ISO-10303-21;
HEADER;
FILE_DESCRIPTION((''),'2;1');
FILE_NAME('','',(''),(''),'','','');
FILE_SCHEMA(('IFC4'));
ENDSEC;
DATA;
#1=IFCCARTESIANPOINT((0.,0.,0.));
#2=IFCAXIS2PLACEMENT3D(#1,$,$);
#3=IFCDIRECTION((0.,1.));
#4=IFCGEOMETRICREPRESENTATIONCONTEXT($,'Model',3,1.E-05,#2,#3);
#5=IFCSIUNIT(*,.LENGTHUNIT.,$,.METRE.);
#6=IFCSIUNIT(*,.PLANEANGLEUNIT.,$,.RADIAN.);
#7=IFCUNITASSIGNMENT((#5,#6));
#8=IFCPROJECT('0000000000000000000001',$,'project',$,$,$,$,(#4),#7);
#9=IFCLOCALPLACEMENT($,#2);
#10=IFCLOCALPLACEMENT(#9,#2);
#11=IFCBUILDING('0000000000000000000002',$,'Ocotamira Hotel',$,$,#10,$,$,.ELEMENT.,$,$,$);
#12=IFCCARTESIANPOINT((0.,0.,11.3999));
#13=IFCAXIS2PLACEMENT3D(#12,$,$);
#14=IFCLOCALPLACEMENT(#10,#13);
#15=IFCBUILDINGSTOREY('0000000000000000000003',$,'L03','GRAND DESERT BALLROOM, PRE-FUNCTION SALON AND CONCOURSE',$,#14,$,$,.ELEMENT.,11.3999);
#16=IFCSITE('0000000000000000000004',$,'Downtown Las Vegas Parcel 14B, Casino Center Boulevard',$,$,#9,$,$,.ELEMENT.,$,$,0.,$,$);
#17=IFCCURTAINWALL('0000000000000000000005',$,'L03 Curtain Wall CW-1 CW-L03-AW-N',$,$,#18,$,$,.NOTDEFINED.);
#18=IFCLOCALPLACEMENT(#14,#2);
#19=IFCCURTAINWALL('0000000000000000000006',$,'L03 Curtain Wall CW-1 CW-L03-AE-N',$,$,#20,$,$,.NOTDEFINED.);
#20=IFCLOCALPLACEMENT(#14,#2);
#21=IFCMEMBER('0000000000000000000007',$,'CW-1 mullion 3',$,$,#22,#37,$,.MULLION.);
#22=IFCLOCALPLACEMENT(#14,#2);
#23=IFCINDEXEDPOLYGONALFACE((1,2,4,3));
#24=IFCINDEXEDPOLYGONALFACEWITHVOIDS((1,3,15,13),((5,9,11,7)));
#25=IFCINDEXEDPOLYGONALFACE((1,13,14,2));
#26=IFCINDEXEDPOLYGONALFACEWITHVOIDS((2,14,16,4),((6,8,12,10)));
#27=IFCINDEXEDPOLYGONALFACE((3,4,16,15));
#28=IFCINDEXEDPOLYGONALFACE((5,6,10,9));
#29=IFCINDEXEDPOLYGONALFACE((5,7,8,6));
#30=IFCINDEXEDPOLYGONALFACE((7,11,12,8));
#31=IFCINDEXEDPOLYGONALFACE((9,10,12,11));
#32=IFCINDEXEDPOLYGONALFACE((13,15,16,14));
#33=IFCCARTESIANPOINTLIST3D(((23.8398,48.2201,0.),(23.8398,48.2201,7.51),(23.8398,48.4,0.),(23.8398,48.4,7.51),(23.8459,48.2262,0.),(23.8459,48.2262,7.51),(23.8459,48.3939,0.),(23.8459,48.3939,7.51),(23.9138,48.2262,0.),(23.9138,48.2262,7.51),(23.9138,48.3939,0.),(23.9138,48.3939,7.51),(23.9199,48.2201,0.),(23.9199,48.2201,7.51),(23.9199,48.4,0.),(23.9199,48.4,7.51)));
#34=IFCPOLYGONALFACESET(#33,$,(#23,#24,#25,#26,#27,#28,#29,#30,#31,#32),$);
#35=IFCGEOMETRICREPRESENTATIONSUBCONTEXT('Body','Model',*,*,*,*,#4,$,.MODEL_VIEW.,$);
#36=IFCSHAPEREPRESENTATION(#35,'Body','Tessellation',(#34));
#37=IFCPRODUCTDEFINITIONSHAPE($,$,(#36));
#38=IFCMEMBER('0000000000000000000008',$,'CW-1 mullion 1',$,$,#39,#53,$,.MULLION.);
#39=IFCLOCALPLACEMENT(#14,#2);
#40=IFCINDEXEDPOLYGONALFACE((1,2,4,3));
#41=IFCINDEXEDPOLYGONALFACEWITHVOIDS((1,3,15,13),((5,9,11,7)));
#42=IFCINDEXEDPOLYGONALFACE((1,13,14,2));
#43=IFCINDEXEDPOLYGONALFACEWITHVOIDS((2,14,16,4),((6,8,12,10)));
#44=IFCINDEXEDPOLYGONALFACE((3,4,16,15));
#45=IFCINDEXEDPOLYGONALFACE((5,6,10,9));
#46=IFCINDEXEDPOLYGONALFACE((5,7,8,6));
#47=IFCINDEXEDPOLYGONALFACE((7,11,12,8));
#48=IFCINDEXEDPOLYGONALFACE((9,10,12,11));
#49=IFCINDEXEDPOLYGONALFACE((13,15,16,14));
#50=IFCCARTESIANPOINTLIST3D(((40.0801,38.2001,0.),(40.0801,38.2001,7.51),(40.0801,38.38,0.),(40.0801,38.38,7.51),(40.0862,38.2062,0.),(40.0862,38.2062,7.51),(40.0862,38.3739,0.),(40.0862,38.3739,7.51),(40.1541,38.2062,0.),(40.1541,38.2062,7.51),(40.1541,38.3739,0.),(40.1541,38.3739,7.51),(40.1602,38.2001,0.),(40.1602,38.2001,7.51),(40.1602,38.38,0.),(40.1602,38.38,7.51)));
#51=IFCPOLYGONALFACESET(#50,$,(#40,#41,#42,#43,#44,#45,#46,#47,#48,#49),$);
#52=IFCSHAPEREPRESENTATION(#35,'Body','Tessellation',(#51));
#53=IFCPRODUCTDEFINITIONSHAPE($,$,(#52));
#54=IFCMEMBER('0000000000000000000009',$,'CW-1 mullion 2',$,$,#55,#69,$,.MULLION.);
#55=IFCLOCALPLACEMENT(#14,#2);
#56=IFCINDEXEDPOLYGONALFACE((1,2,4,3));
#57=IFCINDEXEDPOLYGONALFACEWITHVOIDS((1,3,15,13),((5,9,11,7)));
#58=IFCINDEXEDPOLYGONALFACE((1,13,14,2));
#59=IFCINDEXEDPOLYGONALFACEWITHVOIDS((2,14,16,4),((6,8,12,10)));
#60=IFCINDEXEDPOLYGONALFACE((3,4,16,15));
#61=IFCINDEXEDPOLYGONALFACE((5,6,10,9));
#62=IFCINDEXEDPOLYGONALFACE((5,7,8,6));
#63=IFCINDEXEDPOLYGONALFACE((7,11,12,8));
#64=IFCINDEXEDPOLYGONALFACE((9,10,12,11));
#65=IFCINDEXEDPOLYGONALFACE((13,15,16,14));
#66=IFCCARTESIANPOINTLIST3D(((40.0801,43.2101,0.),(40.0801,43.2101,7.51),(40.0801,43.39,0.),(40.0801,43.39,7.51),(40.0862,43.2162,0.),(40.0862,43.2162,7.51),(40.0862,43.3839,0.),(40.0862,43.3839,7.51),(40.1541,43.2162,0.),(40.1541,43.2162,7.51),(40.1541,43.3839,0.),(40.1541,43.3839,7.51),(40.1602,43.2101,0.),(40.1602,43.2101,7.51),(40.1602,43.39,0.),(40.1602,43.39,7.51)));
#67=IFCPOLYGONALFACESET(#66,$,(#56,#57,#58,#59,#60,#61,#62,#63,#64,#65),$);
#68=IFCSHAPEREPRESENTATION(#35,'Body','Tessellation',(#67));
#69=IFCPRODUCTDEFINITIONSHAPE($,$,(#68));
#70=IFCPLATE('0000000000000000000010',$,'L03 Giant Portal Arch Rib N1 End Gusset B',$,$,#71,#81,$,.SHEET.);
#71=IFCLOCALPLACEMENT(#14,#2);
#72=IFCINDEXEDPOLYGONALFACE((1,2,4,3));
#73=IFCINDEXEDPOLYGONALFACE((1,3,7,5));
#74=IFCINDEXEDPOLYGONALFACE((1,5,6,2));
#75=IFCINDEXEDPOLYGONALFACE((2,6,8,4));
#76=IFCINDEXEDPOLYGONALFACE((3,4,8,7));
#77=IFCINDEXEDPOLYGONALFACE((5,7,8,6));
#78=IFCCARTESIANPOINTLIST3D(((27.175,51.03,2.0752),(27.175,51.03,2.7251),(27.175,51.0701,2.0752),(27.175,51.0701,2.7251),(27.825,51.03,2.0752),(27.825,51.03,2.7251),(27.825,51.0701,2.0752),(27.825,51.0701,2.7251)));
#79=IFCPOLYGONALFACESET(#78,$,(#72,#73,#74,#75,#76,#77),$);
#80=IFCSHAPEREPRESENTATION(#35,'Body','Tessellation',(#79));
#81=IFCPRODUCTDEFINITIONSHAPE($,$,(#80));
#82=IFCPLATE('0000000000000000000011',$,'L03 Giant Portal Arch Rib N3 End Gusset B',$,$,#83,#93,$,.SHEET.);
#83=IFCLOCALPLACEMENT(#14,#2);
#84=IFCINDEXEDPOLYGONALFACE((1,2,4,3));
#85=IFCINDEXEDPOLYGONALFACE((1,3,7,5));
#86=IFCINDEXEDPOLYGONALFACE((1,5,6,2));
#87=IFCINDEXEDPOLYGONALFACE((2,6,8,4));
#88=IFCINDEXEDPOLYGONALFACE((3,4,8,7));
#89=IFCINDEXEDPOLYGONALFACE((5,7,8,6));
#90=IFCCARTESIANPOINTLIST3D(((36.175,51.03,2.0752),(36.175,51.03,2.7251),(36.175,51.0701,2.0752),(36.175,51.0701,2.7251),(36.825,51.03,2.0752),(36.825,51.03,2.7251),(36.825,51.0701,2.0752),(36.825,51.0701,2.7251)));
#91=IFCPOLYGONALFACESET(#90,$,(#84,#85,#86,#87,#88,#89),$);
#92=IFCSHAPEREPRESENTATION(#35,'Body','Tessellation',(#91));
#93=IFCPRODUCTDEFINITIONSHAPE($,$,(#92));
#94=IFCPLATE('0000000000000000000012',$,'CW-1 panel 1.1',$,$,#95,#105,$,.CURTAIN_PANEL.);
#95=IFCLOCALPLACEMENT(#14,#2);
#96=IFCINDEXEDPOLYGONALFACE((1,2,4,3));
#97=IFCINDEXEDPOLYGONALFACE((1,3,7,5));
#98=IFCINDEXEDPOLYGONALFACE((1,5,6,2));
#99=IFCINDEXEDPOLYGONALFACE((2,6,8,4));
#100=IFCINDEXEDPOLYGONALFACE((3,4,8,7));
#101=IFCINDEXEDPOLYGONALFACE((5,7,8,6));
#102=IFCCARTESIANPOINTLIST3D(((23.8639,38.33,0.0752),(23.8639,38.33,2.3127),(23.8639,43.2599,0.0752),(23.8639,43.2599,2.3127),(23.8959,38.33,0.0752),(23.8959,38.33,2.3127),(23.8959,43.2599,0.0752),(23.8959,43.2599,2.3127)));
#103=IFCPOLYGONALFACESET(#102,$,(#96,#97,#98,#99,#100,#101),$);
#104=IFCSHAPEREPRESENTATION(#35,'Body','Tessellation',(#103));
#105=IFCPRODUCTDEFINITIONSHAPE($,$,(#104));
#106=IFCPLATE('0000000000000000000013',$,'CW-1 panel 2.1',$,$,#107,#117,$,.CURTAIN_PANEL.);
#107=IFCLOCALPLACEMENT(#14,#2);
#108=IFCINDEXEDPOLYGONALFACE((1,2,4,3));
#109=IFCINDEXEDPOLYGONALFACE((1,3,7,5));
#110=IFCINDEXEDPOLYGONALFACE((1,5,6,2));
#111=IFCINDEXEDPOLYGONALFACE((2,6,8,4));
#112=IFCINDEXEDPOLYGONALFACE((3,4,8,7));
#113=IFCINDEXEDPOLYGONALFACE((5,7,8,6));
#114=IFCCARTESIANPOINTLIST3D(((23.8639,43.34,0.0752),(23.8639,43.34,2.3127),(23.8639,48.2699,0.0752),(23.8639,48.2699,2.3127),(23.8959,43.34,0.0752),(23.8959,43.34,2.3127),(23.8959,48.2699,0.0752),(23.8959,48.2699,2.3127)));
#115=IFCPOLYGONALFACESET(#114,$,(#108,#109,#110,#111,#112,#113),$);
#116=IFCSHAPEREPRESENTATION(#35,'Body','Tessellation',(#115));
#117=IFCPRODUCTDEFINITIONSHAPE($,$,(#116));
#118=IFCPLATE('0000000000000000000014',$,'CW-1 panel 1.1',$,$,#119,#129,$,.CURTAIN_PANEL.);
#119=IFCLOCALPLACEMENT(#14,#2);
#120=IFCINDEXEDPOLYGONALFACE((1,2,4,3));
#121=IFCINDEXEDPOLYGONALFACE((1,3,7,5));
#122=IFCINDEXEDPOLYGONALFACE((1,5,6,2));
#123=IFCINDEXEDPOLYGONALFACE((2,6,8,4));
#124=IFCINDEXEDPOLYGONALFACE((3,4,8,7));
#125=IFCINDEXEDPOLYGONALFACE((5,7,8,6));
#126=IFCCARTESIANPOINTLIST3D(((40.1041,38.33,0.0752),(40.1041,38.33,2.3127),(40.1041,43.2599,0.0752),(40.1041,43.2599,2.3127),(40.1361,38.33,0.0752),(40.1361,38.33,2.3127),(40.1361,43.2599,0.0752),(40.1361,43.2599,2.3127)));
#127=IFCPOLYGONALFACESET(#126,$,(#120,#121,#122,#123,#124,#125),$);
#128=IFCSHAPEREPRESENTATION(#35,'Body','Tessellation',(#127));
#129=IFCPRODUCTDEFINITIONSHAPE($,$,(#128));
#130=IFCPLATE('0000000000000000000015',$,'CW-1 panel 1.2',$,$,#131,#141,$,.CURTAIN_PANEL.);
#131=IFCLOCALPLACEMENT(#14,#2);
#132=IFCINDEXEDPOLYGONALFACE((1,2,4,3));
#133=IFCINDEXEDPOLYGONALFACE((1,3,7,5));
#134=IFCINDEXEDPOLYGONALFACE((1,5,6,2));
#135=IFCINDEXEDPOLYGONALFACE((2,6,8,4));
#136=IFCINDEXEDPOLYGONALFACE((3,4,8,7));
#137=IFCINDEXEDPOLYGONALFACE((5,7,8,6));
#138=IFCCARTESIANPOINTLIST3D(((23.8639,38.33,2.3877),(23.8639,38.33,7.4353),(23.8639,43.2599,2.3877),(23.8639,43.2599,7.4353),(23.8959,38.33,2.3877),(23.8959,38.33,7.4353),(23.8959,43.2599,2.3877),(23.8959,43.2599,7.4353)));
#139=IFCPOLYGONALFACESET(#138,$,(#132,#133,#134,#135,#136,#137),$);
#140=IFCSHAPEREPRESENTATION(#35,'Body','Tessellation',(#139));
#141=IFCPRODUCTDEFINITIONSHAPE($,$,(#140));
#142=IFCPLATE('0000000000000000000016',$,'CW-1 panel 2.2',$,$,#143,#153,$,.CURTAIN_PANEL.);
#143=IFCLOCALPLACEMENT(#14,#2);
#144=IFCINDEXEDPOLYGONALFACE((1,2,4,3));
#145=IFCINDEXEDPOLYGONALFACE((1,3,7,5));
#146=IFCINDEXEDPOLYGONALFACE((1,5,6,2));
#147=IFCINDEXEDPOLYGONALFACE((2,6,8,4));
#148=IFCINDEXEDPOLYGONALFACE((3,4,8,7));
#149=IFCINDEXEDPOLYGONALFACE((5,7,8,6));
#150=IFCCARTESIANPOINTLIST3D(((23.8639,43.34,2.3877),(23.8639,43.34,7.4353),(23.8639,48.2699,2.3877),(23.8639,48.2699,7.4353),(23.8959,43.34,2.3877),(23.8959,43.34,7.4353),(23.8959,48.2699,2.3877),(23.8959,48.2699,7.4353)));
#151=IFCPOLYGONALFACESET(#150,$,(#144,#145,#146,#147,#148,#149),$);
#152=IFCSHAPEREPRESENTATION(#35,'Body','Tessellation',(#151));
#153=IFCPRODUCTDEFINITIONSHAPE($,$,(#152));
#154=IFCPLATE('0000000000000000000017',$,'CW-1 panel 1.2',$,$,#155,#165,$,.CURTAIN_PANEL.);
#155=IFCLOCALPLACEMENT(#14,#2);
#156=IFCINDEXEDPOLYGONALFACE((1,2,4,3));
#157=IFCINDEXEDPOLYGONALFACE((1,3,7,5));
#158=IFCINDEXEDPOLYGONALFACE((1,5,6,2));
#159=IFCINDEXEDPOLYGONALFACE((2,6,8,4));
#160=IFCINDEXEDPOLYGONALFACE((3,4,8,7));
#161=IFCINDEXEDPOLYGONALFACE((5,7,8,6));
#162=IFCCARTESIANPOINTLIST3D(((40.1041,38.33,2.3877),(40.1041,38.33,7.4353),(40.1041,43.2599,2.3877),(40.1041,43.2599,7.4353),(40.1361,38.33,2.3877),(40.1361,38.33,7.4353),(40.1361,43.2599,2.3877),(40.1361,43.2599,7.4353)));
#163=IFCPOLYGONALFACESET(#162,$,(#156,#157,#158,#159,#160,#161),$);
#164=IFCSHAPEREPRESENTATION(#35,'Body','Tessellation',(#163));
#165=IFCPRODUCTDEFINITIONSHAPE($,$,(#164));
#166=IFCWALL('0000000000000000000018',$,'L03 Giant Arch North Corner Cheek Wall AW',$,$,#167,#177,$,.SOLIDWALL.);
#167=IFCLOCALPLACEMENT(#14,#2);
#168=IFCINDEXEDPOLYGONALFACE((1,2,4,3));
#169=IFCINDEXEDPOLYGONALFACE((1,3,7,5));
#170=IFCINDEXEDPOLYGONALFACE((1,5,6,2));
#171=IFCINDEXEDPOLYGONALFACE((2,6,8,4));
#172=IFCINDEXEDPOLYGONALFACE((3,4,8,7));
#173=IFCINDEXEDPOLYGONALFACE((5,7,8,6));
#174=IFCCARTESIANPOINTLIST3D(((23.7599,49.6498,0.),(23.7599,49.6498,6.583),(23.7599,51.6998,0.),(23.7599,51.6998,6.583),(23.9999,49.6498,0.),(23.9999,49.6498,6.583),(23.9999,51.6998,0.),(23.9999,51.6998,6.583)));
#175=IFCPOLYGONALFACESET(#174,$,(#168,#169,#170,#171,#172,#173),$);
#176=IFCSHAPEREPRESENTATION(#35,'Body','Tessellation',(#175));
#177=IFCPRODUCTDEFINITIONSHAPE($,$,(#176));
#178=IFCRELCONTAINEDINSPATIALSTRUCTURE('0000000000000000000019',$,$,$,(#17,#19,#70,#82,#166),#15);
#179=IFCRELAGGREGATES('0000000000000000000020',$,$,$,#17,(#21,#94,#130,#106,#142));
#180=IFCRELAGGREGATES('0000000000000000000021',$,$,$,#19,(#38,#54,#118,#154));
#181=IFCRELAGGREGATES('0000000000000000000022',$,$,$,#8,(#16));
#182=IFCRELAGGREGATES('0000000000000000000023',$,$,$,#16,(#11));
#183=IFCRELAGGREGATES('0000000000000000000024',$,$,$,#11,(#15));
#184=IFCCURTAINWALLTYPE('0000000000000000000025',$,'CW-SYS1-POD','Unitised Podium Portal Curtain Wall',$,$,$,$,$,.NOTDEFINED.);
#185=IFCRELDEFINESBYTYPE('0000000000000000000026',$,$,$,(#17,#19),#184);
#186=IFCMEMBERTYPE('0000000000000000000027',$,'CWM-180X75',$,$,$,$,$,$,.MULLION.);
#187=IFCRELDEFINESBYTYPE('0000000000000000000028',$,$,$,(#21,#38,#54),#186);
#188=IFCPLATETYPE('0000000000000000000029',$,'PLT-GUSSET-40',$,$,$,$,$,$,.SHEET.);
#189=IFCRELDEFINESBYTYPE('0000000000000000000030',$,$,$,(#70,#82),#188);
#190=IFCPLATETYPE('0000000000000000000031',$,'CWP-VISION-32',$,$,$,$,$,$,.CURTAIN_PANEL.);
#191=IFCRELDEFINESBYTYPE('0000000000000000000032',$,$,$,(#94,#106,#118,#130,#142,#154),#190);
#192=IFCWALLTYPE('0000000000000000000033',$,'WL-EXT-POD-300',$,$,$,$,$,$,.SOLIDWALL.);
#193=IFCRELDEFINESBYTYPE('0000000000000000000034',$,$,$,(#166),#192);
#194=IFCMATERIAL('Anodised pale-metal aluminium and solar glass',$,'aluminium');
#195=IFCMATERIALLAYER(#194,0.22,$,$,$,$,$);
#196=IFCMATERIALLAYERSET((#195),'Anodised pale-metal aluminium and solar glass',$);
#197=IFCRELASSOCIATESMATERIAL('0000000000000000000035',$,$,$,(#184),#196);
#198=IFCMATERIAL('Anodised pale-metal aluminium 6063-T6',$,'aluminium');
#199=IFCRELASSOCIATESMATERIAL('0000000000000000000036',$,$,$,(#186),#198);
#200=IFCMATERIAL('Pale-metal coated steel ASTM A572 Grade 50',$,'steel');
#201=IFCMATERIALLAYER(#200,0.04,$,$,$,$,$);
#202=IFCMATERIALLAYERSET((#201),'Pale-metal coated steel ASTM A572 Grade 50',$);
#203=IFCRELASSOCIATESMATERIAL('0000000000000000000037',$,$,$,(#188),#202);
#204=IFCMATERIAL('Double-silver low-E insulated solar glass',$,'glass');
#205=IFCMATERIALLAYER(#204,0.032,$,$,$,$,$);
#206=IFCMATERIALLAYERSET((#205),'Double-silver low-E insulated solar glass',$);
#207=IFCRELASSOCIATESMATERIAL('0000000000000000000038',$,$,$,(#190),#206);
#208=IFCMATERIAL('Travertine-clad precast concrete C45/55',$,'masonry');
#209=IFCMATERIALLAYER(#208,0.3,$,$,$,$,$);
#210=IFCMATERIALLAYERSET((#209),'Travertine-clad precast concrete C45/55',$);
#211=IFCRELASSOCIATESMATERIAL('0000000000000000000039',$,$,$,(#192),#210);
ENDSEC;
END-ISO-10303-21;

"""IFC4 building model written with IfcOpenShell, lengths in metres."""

from ifc_helpers import new_model, si_unit, direction, frame, frame_2d, origin, origin_2d, place, context, subcontext, project, spatial, rectangle, hollow_rectangle, extrude, source, transform, mapped, material, layer, layer_set, material_profile, profile_set, type_object, element, aggregate, save


model = new_model("IFC4")

# Units and contexts
model_context = context("Model", 3, precision=1e-05, world=origin(), true_north=direction((0.0, 1.0)))
body_context = subcontext(model_context, "Body", "Model", "MODEL_VIEW")
ifc_project = project(units=[si_unit("LENGTHUNIT", "METRE"), si_unit("PLANEANGLEUNIT", "RADIAN")], contexts=[model_context])

# Site, building, storey
site_placement = place(None, origin())
site = spatial("IfcSite", under=ifc_project, at=site_placement, Name="Downtown Las Vegas Parcel 14B, Casino Center Boulevard", CompositionType="ELEMENT", RefElevation=0.0)
building_placement = place(site_placement, origin())
building = spatial("IfcBuilding", under=site, at=building_placement, Name="Ocotamira Hotel", CompositionType="ELEMENT")
storey_placement = place(building_placement, frame((0.0, 0.0, 11.3999)))
storey = spatial("IfcBuildingStorey", under=building, at=storey_placement, Name="L03", Description="GRAND DESERT BALLROOM, PRE-FUNCTION SALON AND CONCOURSE", CompositionType="ELEMENT", Elevation=11.3999)

# Curtain walls
ifc_material_1 = material(Name="Anodised pale-metal aluminium and solar glass", Category="aluminium")
ifc_layer_1 = layer(ifc_material_1, 0.22)
ifc_layer_set_1 = layer_set([ifc_layer_1], Name="Anodised pale-metal aluminium and solar glass")
curtain_wall_type = type_object("IfcCurtainWallType", Name="CW-SYS1-POD", Description="Unitised Podium Portal Curtain Wall", PredefinedType="NOTDEFINED", material=ifc_layer_set_1)
curtain_wall_1_placement = place(storey_placement, origin())
curtain_wall_1 = element("IfcCurtainWall", 1, at=curtain_wall_1_placement, inside=storey, type_object=curtain_wall_type, Name="L03 Curtain Wall CW-1 CW-L03-AW-N", PredefinedType="NOTDEFINED")
ifc_material_2 = material(Name="Anodised pale-metal aluminium 6063-T6", Category="aluminium")
curtain_wall_2_placement = place(storey_placement, origin())
curtain_wall_2 = element("IfcCurtainWall", 2, at=curtain_wall_2_placement, inside=storey, type_object=curtain_wall_type, Name="L03 Curtain Wall CW-1 CW-L03-AE-N", PredefinedType="NOTDEFINED")

# Shared definitions
ifc_material_profile_1 = material_profile(ifc_material_2, hollow_rectangle(XDim=0.0801, YDim=0.1799, WallThickness=0.0061, at=origin_2d()), Name="HSS180X80X6")
ifc_profile_set_1 = profile_set([ifc_material_profile_1], Name="Anodised pale-metal aluminium 6063-T6")
member_type_1 = type_object("IfcMemberType", Name="CWM-180X75", PredefinedType="MULLION", material=ifc_profile_set_1)
shared_shape_1 = source(origin(), body_context, "Body", "SweptSolid", [
    extrude(hollow_rectangle(XDim=0.0801, YDim=0.1799, WallThickness=0.0061, at=origin_2d()), origin(), (0.0, 0.0, 1.0), 7.51),
])

# Members
member_1_placement = place(storey_placement, frame((23.8799, 48.3101, 0.0), z_axis=(0.0, 0.0, 1.0), x_axis=(-1.0, 0.0, 0.0)))
member_1 = element("IfcMember", 3, at=member_1_placement, type_object=member_type_1, Name="CW-1 mullion 3", PredefinedType="MULLION", context=body_context, shape_type="MappedRepresentation", body=[
    mapped(shared_shape_1, transform((0.0, 0.0, 0.0), scale=1.0)),
])
member_2_placement = place(storey_placement, frame((40.1201, 38.29, 0.0), z_axis=(0.0, 0.0, 1.0), x_axis=(-1.0, 0.0, 0.0)))
member_2 = element("IfcMember", 4, at=member_2_placement, type_object=member_type_1, Name="CW-1 mullion 1", PredefinedType="MULLION", context=body_context, shape_type="MappedRepresentation", body=[
    mapped(shared_shape_1, transform((0.0, 0.0, 0.0), scale=1.0)),
])
member_3_placement = place(storey_placement, frame((40.1201, 43.3, 0.0), z_axis=(0.0, 0.0, 1.0), x_axis=(-1.0, 0.0, 0.0)))
member_3 = element("IfcMember", 5, at=member_3_placement, type_object=member_type_1, Name="CW-1 mullion 2", PredefinedType="MULLION", context=body_context, shape_type="MappedRepresentation", body=[
    mapped(shared_shape_1, transform((0.0, 0.0, 0.0), scale=1.0)),
])

# Plates
ifc_material_3 = material(Name="Pale-metal coated steel ASTM A572 Grade 50", Category="steel")
ifc_layer_2 = layer(ifc_material_3, 0.04)
ifc_layer_set_2 = layer_set([ifc_layer_2], Name="Pale-metal coated steel ASTM A572 Grade 50")
plate_type_1 = type_object("IfcPlateType", Name="PLT-GUSSET-40", PredefinedType="SHEET", material=ifc_layer_set_2)
shared_shape_2 = source(origin(), body_context, "Body", "SweptSolid", [
    extrude(rectangle(XDim=0.6499, YDim=0.04, at=origin_2d()), origin(), (0.0, 0.0, 1.0), 0.6499),
])
for number, where, z_axis, x_axis, name in (
    (6, (27.5, 51.05, 2.0752), (0.0, 0.0, 1.0), (1.0, 0.0, 0.0), "L03 Giant Portal Arch Rib N1 End Gusset B"),
    (7, (36.5, 51.05, 2.0752), (0.0, 0.0, 1.0), (1.0, 0.0, 0.0), "L03 Giant Portal Arch Rib N3 End Gusset B"),
):
    element("IfcPlate", number, at=place(storey_placement, frame(where, z_axis=z_axis, x_axis=x_axis)), inside=storey, type_object=plate_type_1, Name=name, PredefinedType="SHEET", context=body_context, shape_type="MappedRepresentation", body=[
        mapped(shared_shape_2, transform((0.0, 0.0, 0.0), scale=1.0)),
    ])

# Plates
ifc_material_4 = material(Name="Double-silver low-E insulated solar glass", Category="glass")
ifc_layer_3 = layer(ifc_material_4, 0.032)
ifc_layer_set_3 = layer_set([ifc_layer_3], Name="Double-silver low-E insulated solar glass")
plate_type_2 = type_object("IfcPlateType", Name="CWP-VISION-32", PredefinedType="CURTAIN_PANEL", material=ifc_layer_set_3)
shared_shape_3 = source(origin(), body_context, "Body", "SweptSolid", [
    extrude(rectangle(XDim=4.9299, YDim=0.032, at=origin_2d()), origin(), (0.0, 0.0, 1.0), 2.2375),
])
plate_1_placement = place(storey_placement, frame((23.8799, 40.7949, 0.0752), z_axis=(0.0, 0.0, 1.0), x_axis=(0.0, 1.0, 0.0)))
plate_1 = element("IfcPlate", 8, at=plate_1_placement, type_object=plate_type_2, Name="CW-1 panel 1.1", PredefinedType="CURTAIN_PANEL", context=body_context, shape_type="MappedRepresentation", body=[
    mapped(shared_shape_3, transform((0.0, 0.0, 0.0), scale=1.0)),
])
plate_2_placement = place(storey_placement, frame((23.8799, 45.8049, 0.0752), z_axis=(0.0, 0.0, 1.0), x_axis=(0.0, 1.0, 0.0)))
plate_2 = element("IfcPlate", 9, at=plate_2_placement, type_object=plate_type_2, Name="CW-1 panel 2.1", PredefinedType="CURTAIN_PANEL", context=body_context, shape_type="MappedRepresentation", body=[
    mapped(shared_shape_3, transform((0.0, 0.0, 0.0), scale=1.0)),
])
plate_3_placement = place(storey_placement, frame((40.1201, 40.7949, 0.0752), z_axis=(0.0, 0.0, 1.0), x_axis=(0.0, 1.0, 0.0)))
plate_3 = element("IfcPlate", 10, at=plate_3_placement, type_object=plate_type_2, Name="CW-1 panel 1.1", PredefinedType="CURTAIN_PANEL", context=body_context, shape_type="MappedRepresentation", body=[
    mapped(shared_shape_3, transform((0.0, 0.0, 0.0), scale=1.0)),
])
shared_shape_4 = source(origin(), body_context, "Body", "SweptSolid", [
    extrude(rectangle(XDim=4.9299, YDim=0.032, at=origin_2d()), origin(), (0.0, 0.0, 1.0), 5.0476),
])
plate_4_placement = place(storey_placement, frame((23.8799, 40.7949, 2.3877), z_axis=(0.0, 0.0, 1.0), x_axis=(0.0, 1.0, 0.0)))
plate_4 = element("IfcPlate", 11, at=plate_4_placement, type_object=plate_type_2, Name="CW-1 panel 1.2", PredefinedType="CURTAIN_PANEL", context=body_context, shape_type="MappedRepresentation", body=[
    mapped(shared_shape_4, transform((0.0, 0.0, 0.0), scale=1.0)),
])
plate_5_placement = place(storey_placement, frame((23.8799, 45.8049, 2.3877), z_axis=(0.0, 0.0, 1.0), x_axis=(0.0, 1.0, 0.0)))
plate_5 = element("IfcPlate", 12, at=plate_5_placement, type_object=plate_type_2, Name="CW-1 panel 2.2", PredefinedType="CURTAIN_PANEL", context=body_context, shape_type="MappedRepresentation", body=[
    mapped(shared_shape_4, transform((0.0, 0.0, 0.0), scale=1.0)),
])
aggregate(curtain_wall_1, [member_1, plate_1, plate_4, plate_2, plate_5])
plate_6_placement = place(storey_placement, frame((40.1201, 40.7949, 2.3877), z_axis=(0.0, 0.0, 1.0), x_axis=(0.0, 1.0, 0.0)))
plate_6 = element("IfcPlate", 13, at=plate_6_placement, type_object=plate_type_2, Name="CW-1 panel 1.2", PredefinedType="CURTAIN_PANEL", context=body_context, shape_type="MappedRepresentation", body=[
    mapped(shared_shape_4, transform((0.0, 0.0, 0.0), scale=1.0)),
])
aggregate(curtain_wall_2, [member_2, member_3, plate_3, plate_6])

# Wall
ifc_material_5 = material(Name="Travertine-clad precast concrete C45/55", Category="masonry")
ifc_layer_4 = layer(ifc_material_5, 0.3)
ifc_layer_set_4 = layer_set([ifc_layer_4], Name="Travertine-clad precast concrete C45/55")
wall_type = type_object("IfcWallType", Name="WL-EXT-POD-300", PredefinedType="SOLIDWALL", material=ifc_layer_set_4)
wall_placement = place(storey_placement, frame((23.8799, 49.6499, 0.0), z_axis=(0.0, 0.0, 1.0), x_axis=(0.0, 1.0, 0.0)))
element("IfcWall", 14, at=wall_placement, inside=storey, type_object=wall_type, Name="L03 Giant Arch North Corner Cheek Wall AW", PredefinedType="SOLIDWALL", context=body_context, shape_type="SweptSolid", body=[
    extrude(rectangle(XDim=2.05, YDim=0.24, at=frame_2d((1.0249, 0.0))), origin(), (0.0, 0.0, 1.0), 6.583),
])

save(model, "model.ifc")
